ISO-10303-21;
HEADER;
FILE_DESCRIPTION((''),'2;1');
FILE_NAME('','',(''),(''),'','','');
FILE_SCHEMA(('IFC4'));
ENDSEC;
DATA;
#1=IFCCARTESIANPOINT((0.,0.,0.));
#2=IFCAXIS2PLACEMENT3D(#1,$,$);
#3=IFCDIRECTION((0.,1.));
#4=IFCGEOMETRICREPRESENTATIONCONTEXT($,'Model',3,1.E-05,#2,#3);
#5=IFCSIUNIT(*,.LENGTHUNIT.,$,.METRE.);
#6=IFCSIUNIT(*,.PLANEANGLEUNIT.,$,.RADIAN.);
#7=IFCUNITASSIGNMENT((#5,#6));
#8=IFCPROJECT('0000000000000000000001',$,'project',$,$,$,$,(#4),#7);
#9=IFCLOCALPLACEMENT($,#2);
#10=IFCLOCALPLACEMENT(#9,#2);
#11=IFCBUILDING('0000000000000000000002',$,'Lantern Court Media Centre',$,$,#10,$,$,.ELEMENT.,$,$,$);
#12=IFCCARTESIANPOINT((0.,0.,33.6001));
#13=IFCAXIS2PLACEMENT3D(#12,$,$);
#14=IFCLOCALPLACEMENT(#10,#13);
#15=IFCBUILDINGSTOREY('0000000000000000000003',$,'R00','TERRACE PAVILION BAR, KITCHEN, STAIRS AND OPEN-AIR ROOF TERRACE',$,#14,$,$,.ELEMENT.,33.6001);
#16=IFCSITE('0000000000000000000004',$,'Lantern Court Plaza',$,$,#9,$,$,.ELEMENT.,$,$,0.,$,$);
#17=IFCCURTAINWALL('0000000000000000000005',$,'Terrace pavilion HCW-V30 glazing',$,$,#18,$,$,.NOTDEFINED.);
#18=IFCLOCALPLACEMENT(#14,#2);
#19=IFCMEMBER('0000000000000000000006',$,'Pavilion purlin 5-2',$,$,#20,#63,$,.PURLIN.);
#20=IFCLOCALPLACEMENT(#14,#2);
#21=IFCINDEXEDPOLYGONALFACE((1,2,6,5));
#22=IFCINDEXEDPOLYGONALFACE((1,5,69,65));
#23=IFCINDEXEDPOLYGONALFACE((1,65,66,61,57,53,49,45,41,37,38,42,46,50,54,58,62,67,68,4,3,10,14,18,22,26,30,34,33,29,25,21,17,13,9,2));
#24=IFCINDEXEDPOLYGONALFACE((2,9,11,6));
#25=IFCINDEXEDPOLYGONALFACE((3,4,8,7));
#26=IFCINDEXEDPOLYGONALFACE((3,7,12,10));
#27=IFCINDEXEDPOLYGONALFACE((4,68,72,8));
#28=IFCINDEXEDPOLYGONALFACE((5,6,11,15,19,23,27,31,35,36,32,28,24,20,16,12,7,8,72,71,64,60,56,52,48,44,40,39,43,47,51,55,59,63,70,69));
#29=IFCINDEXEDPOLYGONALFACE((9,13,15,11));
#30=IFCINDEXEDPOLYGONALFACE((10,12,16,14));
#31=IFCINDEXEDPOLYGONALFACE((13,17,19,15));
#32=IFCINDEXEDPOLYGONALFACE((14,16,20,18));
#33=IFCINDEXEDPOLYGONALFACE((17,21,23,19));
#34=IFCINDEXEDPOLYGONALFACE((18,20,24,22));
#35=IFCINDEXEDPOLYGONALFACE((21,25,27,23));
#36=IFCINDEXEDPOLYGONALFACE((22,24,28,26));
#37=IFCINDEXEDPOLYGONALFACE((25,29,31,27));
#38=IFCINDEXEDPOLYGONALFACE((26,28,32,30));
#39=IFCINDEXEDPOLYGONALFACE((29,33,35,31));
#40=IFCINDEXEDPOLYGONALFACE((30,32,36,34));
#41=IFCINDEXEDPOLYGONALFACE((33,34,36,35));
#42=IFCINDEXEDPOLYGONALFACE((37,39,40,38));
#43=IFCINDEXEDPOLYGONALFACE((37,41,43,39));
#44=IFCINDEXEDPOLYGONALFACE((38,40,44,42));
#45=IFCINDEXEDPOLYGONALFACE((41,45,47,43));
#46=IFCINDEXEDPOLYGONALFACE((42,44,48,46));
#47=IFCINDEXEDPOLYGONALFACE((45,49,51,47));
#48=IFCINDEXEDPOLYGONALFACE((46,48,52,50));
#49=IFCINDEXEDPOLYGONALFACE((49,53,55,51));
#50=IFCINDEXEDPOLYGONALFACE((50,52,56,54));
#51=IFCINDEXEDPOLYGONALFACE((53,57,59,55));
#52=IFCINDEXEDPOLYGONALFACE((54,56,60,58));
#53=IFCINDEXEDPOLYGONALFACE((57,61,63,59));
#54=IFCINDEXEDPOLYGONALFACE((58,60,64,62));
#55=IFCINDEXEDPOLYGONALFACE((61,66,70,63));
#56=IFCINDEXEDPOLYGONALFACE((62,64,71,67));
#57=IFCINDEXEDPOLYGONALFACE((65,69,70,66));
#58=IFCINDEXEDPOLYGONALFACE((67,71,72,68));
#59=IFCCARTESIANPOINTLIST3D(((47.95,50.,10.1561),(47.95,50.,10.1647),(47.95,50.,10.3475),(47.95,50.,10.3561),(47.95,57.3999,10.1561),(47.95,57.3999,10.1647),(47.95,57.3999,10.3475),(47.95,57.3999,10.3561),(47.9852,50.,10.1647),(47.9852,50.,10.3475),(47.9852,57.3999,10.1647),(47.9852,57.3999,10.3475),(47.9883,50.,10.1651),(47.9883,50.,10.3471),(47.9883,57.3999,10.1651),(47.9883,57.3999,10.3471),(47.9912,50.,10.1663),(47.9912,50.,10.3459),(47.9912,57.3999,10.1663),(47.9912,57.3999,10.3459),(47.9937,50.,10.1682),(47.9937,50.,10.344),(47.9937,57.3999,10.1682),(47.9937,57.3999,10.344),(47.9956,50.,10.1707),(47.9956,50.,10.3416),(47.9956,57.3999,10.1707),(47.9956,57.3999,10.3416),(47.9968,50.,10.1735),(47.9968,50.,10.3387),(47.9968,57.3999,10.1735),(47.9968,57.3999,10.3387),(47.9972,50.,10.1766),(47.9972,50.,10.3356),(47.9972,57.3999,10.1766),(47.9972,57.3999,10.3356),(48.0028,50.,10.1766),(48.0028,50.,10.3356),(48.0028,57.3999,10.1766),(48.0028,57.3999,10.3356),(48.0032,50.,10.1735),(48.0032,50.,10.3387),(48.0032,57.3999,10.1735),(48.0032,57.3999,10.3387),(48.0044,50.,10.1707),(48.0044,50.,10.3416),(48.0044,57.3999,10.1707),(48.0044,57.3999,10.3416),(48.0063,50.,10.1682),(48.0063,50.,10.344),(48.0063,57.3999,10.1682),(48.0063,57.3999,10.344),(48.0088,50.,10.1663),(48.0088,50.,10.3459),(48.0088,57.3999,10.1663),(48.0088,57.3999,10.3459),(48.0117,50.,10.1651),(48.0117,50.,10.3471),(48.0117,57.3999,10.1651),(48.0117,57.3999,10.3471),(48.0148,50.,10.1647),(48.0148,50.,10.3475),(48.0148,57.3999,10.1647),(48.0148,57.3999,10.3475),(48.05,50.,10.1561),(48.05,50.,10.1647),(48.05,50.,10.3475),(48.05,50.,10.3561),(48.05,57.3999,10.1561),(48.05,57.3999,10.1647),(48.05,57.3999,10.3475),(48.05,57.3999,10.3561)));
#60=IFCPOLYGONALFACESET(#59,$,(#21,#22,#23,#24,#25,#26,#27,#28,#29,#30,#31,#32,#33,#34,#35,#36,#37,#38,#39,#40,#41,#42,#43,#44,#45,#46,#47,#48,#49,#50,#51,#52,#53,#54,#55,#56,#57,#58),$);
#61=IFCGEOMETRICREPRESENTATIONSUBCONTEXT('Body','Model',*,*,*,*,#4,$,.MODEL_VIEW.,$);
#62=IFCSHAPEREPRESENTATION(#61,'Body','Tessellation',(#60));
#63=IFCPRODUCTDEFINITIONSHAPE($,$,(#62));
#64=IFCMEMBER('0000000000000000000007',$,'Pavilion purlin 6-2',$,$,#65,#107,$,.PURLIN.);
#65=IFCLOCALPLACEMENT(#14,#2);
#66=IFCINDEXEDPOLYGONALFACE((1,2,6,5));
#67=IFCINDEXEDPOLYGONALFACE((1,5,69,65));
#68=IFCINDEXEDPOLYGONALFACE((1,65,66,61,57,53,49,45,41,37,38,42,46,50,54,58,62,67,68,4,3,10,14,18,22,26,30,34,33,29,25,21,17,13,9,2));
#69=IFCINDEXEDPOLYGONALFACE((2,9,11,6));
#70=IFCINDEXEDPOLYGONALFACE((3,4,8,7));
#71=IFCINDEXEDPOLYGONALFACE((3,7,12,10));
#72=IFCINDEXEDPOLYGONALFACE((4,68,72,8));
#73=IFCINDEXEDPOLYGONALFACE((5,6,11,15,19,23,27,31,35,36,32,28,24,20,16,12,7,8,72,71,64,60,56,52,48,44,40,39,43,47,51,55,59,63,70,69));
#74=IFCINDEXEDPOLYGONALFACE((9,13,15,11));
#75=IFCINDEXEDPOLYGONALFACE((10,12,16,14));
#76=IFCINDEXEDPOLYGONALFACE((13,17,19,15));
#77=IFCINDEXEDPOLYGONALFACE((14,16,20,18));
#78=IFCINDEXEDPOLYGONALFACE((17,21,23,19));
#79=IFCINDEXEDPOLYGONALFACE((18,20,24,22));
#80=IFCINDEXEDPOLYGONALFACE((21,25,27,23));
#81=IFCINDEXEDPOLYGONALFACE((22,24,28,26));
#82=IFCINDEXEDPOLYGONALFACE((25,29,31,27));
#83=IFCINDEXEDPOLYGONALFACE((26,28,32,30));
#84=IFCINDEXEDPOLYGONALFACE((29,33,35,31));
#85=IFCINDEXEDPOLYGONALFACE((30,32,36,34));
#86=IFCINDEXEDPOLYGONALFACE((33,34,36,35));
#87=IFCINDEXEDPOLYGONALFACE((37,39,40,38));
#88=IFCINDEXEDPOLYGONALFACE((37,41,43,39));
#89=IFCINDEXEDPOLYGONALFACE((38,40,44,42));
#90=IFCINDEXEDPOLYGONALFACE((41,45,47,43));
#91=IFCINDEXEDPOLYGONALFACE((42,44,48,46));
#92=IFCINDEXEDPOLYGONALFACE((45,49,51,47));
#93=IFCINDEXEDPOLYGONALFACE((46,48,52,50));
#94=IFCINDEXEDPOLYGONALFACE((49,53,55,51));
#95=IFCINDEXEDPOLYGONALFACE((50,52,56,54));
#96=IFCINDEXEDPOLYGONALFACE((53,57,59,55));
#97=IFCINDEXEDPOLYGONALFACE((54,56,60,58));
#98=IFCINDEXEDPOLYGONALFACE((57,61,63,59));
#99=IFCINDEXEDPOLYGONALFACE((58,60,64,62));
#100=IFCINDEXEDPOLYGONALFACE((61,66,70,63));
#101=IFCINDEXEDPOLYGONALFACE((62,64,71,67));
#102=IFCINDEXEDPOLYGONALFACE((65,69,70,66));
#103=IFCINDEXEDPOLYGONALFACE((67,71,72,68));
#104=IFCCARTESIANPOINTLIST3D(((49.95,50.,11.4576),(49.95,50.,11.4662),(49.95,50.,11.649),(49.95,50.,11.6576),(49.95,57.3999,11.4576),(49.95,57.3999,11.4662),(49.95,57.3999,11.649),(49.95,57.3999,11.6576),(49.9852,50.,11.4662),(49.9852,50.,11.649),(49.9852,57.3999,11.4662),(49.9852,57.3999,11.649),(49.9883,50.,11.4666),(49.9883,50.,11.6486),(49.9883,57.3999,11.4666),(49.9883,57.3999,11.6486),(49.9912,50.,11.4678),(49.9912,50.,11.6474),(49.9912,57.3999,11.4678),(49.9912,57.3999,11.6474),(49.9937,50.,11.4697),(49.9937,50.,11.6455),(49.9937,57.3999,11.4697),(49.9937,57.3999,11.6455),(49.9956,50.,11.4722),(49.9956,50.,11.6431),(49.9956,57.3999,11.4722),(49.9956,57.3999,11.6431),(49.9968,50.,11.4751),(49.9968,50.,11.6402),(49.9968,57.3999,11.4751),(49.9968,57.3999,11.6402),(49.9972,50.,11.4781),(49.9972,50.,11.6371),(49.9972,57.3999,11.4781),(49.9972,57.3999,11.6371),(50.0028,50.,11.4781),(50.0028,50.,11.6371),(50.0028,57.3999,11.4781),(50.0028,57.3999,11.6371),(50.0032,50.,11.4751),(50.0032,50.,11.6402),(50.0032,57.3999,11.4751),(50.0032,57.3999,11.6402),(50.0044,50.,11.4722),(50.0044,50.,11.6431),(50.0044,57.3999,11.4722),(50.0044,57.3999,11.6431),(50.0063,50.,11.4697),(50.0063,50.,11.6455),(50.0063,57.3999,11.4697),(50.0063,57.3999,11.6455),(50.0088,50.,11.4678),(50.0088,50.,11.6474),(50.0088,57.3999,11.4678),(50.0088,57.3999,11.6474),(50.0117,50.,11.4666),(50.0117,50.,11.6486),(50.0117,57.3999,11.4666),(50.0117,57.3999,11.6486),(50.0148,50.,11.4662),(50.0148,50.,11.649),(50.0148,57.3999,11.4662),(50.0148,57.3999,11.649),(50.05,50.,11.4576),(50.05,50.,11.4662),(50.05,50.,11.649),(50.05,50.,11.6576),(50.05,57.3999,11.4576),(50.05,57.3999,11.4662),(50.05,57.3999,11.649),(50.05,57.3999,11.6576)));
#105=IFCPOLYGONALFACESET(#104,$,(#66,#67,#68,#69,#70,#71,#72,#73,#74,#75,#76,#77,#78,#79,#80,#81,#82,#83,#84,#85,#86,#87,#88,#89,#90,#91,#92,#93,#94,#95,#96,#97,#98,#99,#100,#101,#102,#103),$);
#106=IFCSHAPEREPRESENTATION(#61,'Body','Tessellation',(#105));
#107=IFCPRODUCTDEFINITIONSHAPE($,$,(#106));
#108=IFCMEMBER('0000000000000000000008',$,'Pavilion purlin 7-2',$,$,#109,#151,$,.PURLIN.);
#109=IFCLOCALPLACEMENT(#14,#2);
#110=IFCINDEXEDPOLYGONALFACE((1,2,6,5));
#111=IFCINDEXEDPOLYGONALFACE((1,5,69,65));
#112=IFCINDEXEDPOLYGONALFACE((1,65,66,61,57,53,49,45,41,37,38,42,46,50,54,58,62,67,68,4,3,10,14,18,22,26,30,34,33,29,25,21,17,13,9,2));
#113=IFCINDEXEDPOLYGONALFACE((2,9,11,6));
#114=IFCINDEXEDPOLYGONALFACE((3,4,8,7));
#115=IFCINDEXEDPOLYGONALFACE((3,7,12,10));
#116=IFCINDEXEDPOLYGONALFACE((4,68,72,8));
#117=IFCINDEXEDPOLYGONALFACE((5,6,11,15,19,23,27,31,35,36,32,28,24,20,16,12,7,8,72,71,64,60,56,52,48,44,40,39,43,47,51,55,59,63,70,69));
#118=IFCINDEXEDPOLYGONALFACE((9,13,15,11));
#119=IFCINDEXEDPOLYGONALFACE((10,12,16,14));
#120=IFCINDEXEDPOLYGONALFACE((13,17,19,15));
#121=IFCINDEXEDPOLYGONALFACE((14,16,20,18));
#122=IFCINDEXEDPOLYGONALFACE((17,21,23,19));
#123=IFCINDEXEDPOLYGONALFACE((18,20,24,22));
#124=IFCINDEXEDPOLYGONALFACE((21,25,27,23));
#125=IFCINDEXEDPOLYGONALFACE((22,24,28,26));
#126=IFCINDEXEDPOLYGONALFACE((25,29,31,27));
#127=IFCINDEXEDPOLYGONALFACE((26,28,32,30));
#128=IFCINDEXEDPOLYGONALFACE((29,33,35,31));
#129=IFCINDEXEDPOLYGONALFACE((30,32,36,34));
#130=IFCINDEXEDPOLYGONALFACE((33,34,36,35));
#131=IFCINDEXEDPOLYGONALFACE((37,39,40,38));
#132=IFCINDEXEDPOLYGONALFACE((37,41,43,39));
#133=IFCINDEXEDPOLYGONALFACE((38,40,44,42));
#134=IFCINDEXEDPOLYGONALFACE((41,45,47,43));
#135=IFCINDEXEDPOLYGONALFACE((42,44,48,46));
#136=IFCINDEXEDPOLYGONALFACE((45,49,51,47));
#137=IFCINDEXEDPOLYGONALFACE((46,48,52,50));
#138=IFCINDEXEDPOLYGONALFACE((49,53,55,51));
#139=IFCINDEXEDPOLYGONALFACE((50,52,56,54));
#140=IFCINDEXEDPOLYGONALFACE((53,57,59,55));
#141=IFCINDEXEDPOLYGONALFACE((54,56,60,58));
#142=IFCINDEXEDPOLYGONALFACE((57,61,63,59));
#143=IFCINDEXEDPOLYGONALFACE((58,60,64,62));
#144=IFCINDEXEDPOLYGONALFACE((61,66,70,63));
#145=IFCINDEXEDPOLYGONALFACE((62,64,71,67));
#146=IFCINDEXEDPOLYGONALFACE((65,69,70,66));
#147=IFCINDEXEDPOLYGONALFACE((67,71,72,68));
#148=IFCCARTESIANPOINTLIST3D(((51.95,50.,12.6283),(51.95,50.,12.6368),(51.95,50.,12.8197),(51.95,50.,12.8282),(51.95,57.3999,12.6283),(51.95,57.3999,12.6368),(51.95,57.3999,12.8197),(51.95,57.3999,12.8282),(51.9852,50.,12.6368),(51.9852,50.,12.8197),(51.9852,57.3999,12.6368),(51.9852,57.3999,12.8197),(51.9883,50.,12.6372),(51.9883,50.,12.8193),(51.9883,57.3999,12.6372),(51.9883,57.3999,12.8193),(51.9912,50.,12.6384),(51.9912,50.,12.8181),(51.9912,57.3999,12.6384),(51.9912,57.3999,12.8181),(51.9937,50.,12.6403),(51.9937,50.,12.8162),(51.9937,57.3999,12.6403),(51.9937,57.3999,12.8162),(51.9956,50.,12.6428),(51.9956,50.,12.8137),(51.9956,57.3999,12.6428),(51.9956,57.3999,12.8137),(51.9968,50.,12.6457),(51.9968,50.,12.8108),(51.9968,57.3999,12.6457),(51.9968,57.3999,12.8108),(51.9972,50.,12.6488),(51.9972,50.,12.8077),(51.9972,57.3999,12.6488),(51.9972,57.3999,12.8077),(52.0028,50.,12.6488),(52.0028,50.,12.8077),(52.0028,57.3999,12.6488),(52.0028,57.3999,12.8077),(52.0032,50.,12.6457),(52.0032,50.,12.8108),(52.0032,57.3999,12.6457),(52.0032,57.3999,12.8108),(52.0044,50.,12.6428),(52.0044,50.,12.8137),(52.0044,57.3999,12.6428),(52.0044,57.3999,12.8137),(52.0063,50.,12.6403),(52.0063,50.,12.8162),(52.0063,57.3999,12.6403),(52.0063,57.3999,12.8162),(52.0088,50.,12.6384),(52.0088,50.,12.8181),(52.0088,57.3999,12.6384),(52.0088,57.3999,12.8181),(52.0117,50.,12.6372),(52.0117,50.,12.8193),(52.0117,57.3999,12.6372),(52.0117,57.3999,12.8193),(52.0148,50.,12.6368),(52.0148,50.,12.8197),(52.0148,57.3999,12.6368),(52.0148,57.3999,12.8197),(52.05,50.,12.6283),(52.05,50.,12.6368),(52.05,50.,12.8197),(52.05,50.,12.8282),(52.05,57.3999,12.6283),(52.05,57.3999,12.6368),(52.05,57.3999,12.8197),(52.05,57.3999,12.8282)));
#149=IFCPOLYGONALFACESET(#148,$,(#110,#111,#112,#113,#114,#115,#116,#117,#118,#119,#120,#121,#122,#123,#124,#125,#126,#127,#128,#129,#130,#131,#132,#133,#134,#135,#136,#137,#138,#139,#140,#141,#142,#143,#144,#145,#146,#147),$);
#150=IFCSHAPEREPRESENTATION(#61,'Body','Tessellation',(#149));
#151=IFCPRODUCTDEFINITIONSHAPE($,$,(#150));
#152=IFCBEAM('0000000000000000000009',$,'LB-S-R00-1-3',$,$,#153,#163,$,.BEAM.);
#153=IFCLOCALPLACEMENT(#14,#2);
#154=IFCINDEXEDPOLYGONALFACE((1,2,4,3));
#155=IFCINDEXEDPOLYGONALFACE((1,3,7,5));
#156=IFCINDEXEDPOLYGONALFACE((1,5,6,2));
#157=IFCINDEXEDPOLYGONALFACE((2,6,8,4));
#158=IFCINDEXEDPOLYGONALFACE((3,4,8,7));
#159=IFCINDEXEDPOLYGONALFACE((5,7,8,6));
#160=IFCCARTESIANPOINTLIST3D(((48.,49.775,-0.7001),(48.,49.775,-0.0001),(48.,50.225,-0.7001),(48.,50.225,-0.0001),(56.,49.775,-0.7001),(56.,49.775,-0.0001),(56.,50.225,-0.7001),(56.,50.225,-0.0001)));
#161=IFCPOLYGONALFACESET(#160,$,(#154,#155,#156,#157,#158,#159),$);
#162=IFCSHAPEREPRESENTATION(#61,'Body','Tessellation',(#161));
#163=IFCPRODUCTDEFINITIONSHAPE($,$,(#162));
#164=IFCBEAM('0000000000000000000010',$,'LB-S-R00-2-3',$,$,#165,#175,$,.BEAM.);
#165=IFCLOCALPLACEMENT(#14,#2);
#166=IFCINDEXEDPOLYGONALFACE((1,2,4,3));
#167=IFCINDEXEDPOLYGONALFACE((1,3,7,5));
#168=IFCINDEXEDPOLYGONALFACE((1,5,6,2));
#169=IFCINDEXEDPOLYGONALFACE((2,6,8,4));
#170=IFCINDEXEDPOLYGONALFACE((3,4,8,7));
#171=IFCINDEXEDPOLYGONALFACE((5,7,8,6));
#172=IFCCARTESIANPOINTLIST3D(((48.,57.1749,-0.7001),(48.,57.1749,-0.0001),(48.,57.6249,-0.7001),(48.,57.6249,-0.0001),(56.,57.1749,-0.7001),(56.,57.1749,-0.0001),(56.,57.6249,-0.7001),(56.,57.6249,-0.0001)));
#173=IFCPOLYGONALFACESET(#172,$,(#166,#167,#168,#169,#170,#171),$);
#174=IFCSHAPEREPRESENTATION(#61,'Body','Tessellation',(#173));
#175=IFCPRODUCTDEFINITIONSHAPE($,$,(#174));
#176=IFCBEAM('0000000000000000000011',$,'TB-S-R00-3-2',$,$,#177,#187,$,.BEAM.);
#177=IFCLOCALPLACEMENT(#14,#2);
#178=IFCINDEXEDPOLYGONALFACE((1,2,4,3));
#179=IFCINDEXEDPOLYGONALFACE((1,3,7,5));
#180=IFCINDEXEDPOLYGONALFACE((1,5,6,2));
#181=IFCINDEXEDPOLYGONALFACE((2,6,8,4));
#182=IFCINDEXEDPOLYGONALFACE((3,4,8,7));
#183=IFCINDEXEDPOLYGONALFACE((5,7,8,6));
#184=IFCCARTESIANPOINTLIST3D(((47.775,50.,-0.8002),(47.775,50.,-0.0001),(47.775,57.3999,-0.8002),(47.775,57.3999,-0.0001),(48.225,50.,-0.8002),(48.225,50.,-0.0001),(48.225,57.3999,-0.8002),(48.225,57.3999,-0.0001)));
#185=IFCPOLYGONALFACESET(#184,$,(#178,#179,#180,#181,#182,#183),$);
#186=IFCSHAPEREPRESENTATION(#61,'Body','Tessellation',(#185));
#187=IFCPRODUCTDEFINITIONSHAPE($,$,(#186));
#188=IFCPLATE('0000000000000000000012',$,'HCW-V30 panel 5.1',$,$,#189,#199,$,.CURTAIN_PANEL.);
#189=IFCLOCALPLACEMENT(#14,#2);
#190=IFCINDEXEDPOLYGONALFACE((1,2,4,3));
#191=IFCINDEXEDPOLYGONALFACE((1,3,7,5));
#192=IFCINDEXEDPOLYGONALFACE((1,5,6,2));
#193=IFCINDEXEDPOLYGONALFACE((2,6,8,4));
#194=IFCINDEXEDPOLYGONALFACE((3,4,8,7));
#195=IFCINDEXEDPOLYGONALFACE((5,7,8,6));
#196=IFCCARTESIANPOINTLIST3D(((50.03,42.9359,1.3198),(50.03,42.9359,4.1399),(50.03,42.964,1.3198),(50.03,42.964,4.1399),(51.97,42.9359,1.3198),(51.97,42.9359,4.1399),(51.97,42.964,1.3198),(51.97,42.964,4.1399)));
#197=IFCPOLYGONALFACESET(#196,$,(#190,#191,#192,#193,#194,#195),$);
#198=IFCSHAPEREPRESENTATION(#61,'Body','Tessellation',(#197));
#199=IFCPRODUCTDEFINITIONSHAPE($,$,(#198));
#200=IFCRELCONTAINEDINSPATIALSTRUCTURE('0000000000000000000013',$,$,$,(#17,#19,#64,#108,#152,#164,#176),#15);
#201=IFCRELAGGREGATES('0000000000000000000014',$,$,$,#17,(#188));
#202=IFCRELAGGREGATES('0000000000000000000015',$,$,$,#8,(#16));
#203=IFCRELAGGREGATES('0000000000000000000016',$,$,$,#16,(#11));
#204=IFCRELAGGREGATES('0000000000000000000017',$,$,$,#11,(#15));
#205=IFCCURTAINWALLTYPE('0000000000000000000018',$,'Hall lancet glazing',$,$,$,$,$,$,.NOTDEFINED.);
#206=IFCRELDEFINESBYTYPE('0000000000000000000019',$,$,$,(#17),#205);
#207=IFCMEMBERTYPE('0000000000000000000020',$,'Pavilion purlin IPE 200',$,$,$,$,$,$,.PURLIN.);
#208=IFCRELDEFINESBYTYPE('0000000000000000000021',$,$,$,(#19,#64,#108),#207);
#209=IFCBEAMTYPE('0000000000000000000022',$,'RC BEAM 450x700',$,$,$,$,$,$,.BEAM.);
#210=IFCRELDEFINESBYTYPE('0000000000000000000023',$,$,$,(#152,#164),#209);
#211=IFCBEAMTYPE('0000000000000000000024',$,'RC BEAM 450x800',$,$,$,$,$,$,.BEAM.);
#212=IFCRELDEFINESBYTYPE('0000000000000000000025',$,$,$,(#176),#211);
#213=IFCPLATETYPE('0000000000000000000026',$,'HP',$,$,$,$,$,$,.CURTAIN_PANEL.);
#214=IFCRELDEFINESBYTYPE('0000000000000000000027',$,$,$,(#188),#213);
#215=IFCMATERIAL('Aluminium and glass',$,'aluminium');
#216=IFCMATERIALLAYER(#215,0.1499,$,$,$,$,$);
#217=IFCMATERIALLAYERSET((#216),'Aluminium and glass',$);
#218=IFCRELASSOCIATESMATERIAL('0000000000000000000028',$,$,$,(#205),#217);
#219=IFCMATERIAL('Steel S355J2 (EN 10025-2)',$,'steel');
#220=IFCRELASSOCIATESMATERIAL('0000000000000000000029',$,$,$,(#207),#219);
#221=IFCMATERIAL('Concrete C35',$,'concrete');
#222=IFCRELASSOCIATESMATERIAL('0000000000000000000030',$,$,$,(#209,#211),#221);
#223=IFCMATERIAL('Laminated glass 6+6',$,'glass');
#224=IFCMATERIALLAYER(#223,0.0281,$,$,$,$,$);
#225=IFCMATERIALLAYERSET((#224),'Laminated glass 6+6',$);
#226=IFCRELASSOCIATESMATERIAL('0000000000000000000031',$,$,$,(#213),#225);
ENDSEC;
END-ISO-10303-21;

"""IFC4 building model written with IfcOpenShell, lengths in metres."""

from ifc_helpers import new_model, si_unit, direction, frame, origin, origin_2d, place, context, subcontext, project, spatial, rectangle, i_section, extrude, material, layer, layer_set, material_profile, profile_set, type_object, element, aggregate, save


model = new_model("IFC4")

# Units and contexts
model_context = context("Model", 3, precision=1e-05, world=origin(), true_north=direction((0.0, 1.0)))
body_context = subcontext(model_context, "Body", "Model", "MODEL_VIEW")
ifc_project = project(units=[si_unit("LENGTHUNIT", "METRE"), si_unit("PLANEANGLEUNIT", "RADIAN")], contexts=[model_context])

# Site, building, storey
site_placement = place(None, origin())
site = spatial("IfcSite", under=ifc_project, at=site_placement, Name="Lantern Court Plaza", CompositionType="ELEMENT", RefElevation=0.0)
building_placement = place(site_placement, origin())
building = spatial("IfcBuilding", under=site, at=building_placement, Name="Lantern Court Media Centre", CompositionType="ELEMENT")
storey_placement = place(building_placement, frame((0.0, 0.0, 33.6001)))
storey = spatial("IfcBuildingStorey", under=building, at=storey_placement, Name="R00", Description="TERRACE PAVILION BAR, KITCHEN, STAIRS AND OPEN-AIR ROOF TERRACE", CompositionType="ELEMENT", Elevation=33.6001)

# Curtain wall
ifc_material_1 = material(Name="Aluminium and glass", Category="aluminium")
ifc_layer_1 = layer(ifc_material_1, 0.1499)
ifc_layer_set_1 = layer_set([ifc_layer_1], Name="Aluminium and glass")
curtain_wall_type = type_object("IfcCurtainWallType", Name="Hall lancet glazing", PredefinedType="NOTDEFINED", material=ifc_layer_set_1)
curtain_wall_placement = place(storey_placement, origin())
curtain_wall = element("IfcCurtainWall", 1, at=curtain_wall_placement, inside=storey, type_object=curtain_wall_type, Name="Terrace pavilion HCW-V30 glazing", PredefinedType="NOTDEFINED")

# Members
ifc_material_2 = material(Name="Steel S355J2 (EN 10025-2)", Category="steel")
ifc_material_profile_1 = material_profile(ifc_material_2, i_section(OverallWidth=0.1001, OverallDepth=0.2, WebThickness=0.0056, FlangeThickness=0.0085, FilletRadius=0.012, at=origin_2d()), Name="IPE 200")
ifc_profile_set_1 = profile_set([ifc_material_profile_1], Name="Steel S355J2 (EN 10025-2)")
member_type_1 = type_object("IfcMemberType", Name="Pavilion purlin IPE 200", PredefinedType="PURLIN", material=ifc_profile_set_1)
for number, where, z_axis, x_axis, name in (
    (2, (48.0, 50.0, 10.2561), (0.0, 1.0, 0.0), (-1.0, 0.0, 0.0), "Pavilion purlin 5-2"),
    (3, (50.0, 50.0, 11.5576), (0.0, 1.0, 0.0), (-1.0, 0.0, 0.0), "Pavilion purlin 6-2"),
    (4, (52.0, 50.0, 12.7283), (0.0, 1.0, 0.0), (-1.0, 0.0, 0.0), "Pavilion purlin 7-2"),
):
    element("IfcMember", number, at=place(storey_placement, frame(where, z_axis=z_axis, x_axis=x_axis)), inside=storey, type_object=member_type_1, Name=name, PredefinedType="PURLIN", context=body_context, shape_type="SweptSolid", body=[
        extrude(i_section(OverallWidth=0.1001, OverallDepth=0.2, WebThickness=0.0056, FlangeThickness=0.0085, FilletRadius=0.012, at=origin_2d()), origin(), (0.0, 0.0, 1.0), 7.3999),
    ])

# Beams
ifc_material_3 = material(Name="Concrete C35", Category="concrete")
ifc_material_profile_2 = material_profile(ifc_material_3, rectangle(XDim=0.45, YDim=0.7, at=origin_2d()), Name="RC 450x700")
ifc_profile_set_2 = profile_set([ifc_material_profile_2], Name="Concrete C35")
beam_type_1 = type_object("IfcBeamType", Name="RC BEAM 450x700", PredefinedType="BEAM", material=ifc_profile_set_2)
for number, where, z_axis, x_axis, name in (
    (5, (48.0, 50.0, -0.3501), (1.0, 0.0, 0.0), (0.0, 1.0, 0.0), "LB-S-R00-1-3"),
    (6, (48.0, 57.3999, -0.3501), (1.0, 0.0, 0.0), (0.0, 1.0, 0.0), "LB-S-R00-2-3"),
):
    element("IfcBeam", number, at=place(storey_placement, frame(where, z_axis=z_axis, x_axis=x_axis)), inside=storey, type_object=beam_type_1, Name=name, PredefinedType="BEAM", context=body_context, shape_type="SweptSolid", body=[
        extrude(rectangle(XDim=0.45, YDim=0.7, at=origin_2d()), origin(), (0.0, 0.0, 1.0), 8.0),
    ])
ifc_material_profile_3 = material_profile(ifc_material_3, rectangle(XDim=0.45, YDim=0.8, at=origin_2d()), Name="RC 450x800")
ifc_profile_set_3 = profile_set([ifc_material_profile_3], Name="Concrete C35")
beam_type_2 = type_object("IfcBeamType", Name="RC BEAM 450x800", PredefinedType="BEAM", material=ifc_profile_set_3)
beam_placement = place(storey_placement, frame((48.0, 50.0, -0.4001), z_axis=(0.0, 1.0, 0.0), x_axis=(-1.0, 0.0, 0.0)))
element("IfcBeam", 7, at=beam_placement, inside=storey, type_object=beam_type_2, Name="TB-S-R00-3-2", PredefinedType="BEAM", context=body_context, shape_type="SweptSolid", body=[
    extrude(rectangle(XDim=0.45, YDim=0.8, at=origin_2d()), origin(), (0.0, 0.0, 1.0), 7.3999),
])

# Plate
ifc_material_4 = material(Name="Laminated glass 6+6", Category="glass")
ifc_layer_2 = layer(ifc_material_4, 0.0281)
ifc_layer_set_2 = layer_set([ifc_layer_2], Name="Laminated glass 6+6")
plate_type = type_object("IfcPlateType", Name="HP", PredefinedType="CURTAIN_PANEL", material=ifc_layer_set_2)
plate_1_placement = place(storey_placement, frame((51.0, 42.95, 1.3198), z_axis=(0.0, 0.0, 1.0), x_axis=(1.0, 0.0, 0.0)))
plate_1 = element("IfcPlate", 8, at=plate_1_placement, type_object=plate_type, Name="HCW-V30 panel 5.1", PredefinedType="CURTAIN_PANEL", context=body_context, shape_type="SweptSolid", body=[
    extrude(rectangle(XDim=1.9399, YDim=0.0281, at=origin_2d()), origin(), (0.0, 0.0, 1.0), 2.8201),
])
aggregate(curtain_wall, [plate_1])

save(model, "model.ifc")
